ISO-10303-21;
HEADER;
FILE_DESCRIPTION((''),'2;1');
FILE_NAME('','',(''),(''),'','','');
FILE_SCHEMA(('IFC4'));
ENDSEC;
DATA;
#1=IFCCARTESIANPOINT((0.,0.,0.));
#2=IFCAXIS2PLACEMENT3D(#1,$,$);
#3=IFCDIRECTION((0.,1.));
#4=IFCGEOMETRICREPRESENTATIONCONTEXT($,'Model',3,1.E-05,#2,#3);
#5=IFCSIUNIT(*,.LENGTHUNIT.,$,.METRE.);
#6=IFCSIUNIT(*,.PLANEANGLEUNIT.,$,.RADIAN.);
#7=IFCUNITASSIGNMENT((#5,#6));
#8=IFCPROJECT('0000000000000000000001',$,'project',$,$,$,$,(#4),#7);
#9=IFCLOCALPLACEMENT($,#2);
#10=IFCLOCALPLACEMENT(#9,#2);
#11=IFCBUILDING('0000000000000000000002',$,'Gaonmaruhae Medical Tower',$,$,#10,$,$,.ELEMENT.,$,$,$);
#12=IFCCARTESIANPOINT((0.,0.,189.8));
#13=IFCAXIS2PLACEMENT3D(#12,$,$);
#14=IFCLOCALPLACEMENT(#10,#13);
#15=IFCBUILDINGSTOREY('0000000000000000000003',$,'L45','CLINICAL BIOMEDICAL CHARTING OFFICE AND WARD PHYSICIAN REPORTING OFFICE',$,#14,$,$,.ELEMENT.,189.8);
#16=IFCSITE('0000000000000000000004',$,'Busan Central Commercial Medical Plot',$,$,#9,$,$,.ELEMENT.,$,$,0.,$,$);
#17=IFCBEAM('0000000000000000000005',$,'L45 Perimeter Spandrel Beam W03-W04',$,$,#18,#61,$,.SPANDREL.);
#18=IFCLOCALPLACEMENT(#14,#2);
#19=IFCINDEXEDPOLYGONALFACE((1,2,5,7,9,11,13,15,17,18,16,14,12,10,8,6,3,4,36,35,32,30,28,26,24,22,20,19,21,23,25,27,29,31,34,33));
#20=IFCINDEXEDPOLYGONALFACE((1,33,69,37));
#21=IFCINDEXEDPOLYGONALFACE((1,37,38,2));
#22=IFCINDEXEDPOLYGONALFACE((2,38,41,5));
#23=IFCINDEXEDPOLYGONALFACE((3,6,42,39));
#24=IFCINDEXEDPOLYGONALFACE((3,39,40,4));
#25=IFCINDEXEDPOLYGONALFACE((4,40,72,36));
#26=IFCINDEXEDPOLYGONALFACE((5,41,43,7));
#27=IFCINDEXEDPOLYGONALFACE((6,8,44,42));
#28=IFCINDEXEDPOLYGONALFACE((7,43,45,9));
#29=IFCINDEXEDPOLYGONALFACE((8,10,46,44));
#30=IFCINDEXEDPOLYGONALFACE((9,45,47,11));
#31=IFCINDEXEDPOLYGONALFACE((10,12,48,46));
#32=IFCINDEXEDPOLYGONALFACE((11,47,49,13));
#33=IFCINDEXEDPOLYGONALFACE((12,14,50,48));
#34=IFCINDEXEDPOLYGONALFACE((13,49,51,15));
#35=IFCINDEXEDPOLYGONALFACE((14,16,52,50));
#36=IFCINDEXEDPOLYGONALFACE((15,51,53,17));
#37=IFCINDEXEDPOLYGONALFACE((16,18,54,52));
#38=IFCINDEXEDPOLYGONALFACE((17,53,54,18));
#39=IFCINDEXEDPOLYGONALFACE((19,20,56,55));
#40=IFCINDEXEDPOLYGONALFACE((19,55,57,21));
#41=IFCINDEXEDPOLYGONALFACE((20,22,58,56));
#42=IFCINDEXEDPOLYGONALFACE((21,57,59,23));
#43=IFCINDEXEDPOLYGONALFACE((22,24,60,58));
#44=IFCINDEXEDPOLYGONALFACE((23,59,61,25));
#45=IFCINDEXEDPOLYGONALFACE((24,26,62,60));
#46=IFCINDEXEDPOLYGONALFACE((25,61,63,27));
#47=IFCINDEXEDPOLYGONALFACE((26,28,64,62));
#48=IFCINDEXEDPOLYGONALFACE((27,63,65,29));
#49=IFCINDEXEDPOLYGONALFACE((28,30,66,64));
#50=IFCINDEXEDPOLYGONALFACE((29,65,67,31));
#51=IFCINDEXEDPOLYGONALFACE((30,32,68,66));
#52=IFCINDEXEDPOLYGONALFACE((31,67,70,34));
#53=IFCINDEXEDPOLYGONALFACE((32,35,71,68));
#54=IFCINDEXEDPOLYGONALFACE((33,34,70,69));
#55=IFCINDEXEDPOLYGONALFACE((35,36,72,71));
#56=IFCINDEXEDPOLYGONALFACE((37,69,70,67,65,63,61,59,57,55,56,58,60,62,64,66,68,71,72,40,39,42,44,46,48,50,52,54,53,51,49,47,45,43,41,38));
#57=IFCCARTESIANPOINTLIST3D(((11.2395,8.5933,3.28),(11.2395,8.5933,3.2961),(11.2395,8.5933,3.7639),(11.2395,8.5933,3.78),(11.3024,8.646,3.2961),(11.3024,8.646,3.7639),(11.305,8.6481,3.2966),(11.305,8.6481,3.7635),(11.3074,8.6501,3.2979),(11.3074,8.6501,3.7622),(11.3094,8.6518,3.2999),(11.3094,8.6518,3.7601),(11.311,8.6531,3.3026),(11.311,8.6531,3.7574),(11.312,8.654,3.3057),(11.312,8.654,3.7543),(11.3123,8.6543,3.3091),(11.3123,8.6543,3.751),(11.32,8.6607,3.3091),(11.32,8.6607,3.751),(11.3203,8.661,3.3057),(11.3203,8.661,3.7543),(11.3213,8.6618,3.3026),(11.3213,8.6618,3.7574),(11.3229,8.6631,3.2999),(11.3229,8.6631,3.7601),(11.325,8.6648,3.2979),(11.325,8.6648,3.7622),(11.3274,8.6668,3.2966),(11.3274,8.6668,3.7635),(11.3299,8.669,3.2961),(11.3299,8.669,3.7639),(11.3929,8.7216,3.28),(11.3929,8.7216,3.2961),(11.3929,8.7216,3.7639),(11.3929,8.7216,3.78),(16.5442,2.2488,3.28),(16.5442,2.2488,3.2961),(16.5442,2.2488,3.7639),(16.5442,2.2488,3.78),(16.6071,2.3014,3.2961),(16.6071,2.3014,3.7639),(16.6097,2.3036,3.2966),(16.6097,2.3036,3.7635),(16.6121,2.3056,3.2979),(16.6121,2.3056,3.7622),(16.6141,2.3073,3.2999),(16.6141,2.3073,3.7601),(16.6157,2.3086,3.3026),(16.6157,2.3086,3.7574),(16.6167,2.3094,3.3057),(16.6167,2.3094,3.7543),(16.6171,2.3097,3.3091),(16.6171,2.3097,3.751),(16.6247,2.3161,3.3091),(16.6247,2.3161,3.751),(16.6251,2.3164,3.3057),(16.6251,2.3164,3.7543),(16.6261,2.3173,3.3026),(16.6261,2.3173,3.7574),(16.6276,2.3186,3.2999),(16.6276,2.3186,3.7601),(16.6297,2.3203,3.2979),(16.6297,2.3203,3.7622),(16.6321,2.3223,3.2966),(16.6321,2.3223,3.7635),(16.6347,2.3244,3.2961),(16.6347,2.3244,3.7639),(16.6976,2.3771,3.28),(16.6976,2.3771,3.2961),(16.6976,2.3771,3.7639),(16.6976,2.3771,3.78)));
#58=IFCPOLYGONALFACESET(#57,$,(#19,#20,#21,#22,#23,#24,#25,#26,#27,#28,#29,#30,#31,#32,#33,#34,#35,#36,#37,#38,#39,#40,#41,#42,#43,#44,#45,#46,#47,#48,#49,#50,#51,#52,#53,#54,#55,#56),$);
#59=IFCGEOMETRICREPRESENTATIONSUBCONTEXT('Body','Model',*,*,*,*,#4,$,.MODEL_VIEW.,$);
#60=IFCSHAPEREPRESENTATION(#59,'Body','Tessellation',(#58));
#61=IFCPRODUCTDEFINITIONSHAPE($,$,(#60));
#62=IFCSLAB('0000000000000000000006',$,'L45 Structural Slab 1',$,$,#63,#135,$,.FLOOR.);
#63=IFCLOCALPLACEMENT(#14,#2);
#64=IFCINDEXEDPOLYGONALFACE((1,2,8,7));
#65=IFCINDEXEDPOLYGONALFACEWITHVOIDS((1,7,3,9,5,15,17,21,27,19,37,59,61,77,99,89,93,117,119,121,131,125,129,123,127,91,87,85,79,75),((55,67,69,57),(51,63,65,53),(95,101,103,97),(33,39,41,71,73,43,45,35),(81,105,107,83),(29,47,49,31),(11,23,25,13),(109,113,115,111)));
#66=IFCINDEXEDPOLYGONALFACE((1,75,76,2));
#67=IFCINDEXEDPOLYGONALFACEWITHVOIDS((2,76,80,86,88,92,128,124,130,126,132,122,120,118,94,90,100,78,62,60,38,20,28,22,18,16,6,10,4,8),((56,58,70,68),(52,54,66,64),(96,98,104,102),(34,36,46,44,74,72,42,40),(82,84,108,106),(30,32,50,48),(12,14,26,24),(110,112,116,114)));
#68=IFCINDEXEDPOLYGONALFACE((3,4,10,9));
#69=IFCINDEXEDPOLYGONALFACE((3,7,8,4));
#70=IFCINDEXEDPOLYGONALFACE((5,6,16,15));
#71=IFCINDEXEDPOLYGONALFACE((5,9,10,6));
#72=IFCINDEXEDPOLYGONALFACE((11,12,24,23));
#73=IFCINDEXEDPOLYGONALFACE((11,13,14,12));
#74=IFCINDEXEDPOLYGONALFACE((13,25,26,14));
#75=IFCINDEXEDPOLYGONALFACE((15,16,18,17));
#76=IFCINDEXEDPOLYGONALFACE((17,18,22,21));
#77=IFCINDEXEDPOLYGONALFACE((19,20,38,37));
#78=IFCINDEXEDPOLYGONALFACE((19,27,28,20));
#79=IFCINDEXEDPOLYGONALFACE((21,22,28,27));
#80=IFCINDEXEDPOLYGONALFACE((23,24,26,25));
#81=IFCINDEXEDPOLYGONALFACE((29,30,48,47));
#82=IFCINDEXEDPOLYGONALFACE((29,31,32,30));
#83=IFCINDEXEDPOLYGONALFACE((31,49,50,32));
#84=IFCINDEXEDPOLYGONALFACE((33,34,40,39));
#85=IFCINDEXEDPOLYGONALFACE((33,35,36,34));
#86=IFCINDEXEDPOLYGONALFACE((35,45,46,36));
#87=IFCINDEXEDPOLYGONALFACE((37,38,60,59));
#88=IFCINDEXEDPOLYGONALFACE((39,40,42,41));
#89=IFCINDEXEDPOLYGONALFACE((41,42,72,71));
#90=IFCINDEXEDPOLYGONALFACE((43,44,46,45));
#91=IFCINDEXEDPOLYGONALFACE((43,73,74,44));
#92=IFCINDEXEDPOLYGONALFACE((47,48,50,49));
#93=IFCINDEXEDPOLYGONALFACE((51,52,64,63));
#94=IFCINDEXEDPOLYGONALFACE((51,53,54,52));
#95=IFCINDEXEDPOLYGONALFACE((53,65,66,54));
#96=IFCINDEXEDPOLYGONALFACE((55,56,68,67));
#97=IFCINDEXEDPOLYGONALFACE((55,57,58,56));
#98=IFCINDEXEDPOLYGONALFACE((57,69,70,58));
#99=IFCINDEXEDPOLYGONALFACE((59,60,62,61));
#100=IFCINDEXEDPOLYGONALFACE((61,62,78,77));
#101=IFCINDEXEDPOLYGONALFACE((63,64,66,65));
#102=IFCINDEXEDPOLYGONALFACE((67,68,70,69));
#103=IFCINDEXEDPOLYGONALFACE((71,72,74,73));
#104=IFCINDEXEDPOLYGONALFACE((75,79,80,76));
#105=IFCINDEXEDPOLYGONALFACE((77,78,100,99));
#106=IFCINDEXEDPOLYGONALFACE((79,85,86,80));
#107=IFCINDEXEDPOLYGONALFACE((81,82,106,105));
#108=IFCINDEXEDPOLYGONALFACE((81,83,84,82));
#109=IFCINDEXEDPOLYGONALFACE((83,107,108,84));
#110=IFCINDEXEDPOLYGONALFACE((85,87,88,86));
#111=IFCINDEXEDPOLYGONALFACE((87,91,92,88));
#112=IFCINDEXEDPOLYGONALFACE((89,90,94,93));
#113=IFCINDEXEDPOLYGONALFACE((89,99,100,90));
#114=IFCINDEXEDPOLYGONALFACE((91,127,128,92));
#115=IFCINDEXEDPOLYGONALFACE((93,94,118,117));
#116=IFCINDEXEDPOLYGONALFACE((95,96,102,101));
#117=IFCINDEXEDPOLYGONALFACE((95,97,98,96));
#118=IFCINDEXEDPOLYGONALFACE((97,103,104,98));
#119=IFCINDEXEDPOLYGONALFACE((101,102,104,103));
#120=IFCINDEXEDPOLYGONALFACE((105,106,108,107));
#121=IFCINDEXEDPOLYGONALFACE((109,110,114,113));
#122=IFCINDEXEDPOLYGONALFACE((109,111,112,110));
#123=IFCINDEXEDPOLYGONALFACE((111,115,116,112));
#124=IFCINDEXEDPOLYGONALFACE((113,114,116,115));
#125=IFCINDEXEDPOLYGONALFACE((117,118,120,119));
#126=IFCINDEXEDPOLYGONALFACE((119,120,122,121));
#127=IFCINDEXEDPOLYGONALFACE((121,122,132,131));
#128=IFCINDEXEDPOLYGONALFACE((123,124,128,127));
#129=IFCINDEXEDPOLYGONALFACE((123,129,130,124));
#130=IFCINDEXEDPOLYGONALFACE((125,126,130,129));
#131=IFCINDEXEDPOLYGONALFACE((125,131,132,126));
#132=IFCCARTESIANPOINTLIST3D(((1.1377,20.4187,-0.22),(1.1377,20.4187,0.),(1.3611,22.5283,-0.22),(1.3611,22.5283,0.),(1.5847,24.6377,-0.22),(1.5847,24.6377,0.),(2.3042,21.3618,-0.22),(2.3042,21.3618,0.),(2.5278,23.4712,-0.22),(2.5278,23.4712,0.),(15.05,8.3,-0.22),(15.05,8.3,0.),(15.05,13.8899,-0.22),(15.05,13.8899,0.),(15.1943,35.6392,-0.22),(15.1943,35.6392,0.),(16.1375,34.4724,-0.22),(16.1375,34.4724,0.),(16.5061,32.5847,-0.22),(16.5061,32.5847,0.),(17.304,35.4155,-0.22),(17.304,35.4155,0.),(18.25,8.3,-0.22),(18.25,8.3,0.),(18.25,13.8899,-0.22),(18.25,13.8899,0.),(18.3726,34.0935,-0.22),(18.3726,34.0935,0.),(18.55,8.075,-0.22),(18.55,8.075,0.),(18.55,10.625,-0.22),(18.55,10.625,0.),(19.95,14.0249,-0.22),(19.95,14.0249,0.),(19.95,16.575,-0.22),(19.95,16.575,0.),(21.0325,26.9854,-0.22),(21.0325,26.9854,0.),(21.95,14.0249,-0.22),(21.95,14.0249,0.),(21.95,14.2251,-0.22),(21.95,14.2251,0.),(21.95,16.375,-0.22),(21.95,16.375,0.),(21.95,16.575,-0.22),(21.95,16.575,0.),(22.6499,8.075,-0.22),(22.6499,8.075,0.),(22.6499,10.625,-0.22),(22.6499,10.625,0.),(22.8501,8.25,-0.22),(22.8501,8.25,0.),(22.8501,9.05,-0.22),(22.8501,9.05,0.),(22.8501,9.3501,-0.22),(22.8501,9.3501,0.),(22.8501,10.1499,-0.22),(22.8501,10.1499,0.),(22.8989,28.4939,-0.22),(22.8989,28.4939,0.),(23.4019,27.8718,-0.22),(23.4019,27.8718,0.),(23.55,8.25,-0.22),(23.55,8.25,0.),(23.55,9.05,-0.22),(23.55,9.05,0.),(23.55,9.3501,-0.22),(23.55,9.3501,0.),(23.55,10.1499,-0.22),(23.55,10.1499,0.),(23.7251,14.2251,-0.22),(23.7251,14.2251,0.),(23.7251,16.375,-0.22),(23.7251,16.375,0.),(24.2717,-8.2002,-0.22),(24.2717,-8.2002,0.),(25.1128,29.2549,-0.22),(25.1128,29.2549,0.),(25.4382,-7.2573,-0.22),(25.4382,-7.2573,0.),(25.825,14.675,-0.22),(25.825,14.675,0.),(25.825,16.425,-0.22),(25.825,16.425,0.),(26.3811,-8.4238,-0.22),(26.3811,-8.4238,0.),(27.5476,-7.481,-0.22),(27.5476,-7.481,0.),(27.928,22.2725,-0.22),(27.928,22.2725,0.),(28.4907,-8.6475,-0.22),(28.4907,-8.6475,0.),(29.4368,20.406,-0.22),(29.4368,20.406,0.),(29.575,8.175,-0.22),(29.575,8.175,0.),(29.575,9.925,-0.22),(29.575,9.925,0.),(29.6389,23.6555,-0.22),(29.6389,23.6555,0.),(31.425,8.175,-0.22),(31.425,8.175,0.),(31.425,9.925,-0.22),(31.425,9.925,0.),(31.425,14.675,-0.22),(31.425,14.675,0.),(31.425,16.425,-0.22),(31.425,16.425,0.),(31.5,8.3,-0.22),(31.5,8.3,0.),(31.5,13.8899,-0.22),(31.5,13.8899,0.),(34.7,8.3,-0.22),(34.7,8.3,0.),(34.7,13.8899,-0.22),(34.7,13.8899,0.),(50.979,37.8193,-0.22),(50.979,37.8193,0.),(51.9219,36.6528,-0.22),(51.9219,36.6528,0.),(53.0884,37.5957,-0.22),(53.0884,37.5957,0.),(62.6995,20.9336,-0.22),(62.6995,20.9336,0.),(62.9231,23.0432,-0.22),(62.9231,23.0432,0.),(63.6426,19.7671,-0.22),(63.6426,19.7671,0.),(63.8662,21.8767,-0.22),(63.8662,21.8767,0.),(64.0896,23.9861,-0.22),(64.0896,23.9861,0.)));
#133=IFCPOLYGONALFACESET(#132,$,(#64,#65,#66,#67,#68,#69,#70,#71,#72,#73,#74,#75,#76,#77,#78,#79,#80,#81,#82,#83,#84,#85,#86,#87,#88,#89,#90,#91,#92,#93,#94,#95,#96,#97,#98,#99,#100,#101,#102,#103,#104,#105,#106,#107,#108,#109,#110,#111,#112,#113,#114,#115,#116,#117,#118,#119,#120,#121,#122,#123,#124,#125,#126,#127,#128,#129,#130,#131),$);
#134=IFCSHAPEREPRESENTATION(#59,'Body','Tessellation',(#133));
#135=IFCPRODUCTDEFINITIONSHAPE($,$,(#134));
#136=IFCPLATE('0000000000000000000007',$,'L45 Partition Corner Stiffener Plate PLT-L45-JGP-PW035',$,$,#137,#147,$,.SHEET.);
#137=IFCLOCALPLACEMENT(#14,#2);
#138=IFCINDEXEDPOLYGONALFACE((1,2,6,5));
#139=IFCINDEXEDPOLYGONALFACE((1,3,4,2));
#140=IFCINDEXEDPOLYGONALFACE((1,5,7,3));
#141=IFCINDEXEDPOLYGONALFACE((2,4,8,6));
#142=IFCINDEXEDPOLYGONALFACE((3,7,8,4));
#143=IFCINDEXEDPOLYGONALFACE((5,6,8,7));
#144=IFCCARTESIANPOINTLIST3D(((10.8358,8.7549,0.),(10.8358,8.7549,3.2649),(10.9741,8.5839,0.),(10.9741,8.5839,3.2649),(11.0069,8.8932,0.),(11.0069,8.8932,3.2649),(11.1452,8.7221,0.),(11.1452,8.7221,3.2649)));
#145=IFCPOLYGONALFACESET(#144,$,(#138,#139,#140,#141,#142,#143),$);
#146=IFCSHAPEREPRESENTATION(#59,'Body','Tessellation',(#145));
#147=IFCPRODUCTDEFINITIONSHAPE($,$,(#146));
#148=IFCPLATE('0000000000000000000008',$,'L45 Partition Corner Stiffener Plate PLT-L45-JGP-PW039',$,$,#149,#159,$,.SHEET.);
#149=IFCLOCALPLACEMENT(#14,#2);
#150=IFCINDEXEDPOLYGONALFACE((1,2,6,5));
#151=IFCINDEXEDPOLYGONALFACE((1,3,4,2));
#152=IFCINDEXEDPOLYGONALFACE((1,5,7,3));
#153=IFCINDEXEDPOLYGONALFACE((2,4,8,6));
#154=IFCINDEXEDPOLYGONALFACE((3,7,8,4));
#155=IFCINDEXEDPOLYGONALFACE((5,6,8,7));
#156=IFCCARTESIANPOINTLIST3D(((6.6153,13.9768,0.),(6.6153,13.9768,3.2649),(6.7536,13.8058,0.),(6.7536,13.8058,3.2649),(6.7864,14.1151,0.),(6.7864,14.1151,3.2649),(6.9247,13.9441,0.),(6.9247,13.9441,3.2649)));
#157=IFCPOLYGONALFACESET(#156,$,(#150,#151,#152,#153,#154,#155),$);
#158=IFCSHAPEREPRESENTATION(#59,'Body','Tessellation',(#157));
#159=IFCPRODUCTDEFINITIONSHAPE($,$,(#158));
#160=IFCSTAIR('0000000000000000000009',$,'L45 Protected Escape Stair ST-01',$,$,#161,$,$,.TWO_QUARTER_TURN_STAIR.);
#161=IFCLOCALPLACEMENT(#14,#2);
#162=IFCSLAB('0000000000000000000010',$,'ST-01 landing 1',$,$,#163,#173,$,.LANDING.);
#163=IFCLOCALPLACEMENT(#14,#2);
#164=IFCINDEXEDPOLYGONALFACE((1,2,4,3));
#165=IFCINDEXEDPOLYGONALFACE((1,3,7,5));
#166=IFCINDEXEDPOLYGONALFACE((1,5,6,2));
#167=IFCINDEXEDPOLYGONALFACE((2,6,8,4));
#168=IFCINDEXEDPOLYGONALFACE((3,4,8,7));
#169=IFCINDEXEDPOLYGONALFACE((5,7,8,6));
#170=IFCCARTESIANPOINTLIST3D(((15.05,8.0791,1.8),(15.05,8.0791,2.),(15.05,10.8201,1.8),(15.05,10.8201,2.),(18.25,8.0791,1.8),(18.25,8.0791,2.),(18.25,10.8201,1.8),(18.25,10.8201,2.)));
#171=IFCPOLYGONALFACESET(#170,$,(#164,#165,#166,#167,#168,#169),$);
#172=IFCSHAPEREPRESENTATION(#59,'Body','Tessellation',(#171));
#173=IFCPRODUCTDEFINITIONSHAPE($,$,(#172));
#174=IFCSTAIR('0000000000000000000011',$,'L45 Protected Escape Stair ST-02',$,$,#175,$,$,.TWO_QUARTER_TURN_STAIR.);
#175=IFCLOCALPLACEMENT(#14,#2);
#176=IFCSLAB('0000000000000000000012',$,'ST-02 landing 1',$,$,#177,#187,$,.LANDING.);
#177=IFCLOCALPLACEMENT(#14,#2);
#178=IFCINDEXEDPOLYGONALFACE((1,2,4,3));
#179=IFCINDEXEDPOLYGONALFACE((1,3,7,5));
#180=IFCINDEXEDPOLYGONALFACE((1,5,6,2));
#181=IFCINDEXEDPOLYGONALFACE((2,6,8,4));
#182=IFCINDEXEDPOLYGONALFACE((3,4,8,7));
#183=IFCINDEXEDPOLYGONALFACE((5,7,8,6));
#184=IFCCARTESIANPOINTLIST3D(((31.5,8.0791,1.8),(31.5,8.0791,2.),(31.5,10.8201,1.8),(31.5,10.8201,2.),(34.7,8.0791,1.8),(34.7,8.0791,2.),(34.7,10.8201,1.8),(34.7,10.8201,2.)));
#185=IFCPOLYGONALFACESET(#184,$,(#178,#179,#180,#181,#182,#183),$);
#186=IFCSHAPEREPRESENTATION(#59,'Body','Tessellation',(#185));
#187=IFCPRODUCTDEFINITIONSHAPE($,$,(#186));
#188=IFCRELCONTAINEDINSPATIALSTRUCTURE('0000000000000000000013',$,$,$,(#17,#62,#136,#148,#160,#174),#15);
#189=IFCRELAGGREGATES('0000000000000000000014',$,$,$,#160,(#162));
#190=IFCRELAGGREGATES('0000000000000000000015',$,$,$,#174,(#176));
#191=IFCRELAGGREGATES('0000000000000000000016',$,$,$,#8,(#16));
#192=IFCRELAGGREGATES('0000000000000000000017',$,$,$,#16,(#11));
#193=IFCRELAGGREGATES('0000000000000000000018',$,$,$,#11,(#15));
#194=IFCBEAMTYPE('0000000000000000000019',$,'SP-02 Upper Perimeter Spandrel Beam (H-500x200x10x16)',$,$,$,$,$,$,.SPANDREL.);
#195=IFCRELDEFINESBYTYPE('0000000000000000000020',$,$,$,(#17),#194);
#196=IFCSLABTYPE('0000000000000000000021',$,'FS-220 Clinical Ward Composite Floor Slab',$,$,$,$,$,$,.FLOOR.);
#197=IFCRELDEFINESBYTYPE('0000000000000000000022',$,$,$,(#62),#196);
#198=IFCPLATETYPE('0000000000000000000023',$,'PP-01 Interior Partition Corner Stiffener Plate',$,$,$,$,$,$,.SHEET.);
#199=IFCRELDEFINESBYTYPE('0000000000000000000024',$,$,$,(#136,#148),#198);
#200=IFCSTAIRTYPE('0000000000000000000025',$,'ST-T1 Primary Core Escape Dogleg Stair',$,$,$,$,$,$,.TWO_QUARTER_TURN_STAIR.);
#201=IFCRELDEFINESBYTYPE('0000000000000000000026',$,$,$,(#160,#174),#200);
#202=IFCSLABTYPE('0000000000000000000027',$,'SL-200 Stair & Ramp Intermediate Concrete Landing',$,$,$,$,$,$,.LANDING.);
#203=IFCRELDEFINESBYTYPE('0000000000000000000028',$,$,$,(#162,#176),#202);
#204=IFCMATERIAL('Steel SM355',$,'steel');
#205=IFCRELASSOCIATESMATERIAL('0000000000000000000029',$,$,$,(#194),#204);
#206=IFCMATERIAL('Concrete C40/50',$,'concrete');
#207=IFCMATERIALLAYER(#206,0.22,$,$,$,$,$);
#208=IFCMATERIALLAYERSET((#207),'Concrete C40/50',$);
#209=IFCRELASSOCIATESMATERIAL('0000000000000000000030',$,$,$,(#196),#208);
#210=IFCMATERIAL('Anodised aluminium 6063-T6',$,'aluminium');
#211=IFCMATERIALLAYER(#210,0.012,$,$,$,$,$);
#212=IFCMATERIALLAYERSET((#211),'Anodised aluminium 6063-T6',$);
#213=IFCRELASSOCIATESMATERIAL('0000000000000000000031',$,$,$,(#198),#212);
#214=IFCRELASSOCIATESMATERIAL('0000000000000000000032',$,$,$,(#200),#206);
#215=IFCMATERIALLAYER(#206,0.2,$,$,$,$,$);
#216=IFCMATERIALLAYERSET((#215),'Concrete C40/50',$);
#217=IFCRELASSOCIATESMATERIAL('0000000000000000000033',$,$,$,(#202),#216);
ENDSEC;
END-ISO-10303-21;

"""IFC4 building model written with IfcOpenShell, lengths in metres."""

from ifc_helpers import new_model, si_unit, direction, frame, origin, origin_2d, place, context, subcontext, project, spatial, polyline, rectangle, i_section, outline, extrude, material, layer, layer_set, material_profile, profile_set, type_object, element, aggregate, save


model = new_model("IFC4")

# Units and contexts
model_context = context("Model", 3, precision=1e-05, world=origin(), true_north=direction((0.0, 1.0)))
body_context = subcontext(model_context, "Body", "Model", "MODEL_VIEW")
ifc_project = project(units=[si_unit("LENGTHUNIT", "METRE"), si_unit("PLANEANGLEUNIT", "RADIAN")], contexts=[model_context])

# Site, building, storey
site_placement = place(None, origin())
site = spatial("IfcSite", under=ifc_project, at=site_placement, Name="Busan Central Commercial Medical Plot", CompositionType="ELEMENT", RefElevation=0.0)
building_placement = place(site_placement, origin())
building = spatial("IfcBuilding", under=site, at=building_placement, Name="Gaonmaruhae Medical Tower", CompositionType="ELEMENT")
storey_placement = place(building_placement, frame((0.0, 0.0, 189.8)))
storey = spatial("IfcBuildingStorey", under=building, at=storey_placement, Name="L45", Description="CLINICAL BIOMEDICAL CHARTING OFFICE AND WARD PHYSICIAN REPORTING OFFICE", CompositionType="ELEMENT", Elevation=189.8)

# Beam
ifc_material_1 = material(Name="Steel SM355", Category="steel")
ifc_material_profile_1 = material_profile(ifc_material_1, i_section(OverallWidth=0.2, OverallDepth=0.5, WebThickness=0.01, FlangeThickness=0.0161, FilletRadius=0.0129, at=origin_2d()), Name="H-500x200x10x16")
ifc_profile_set_1 = profile_set([ifc_material_profile_1], Name="Steel SM355")
beam_type_1 = type_object("IfcBeamType", Name="SP-02 Upper Perimeter Spandrel Beam (H-500x200x10x16)", PredefinedType="SPANDREL", material=ifc_profile_set_1)
beam_1_placement = place(storey_placement, frame((11.3162, 8.6575, 3.53), z_axis=(0.641441, -0.767172, 0.0), x_axis=(0.767172, 0.641441, 0.0)))
element("IfcBeam", 1, at=beam_1_placement, inside=storey, type_object=beam_type_1, Name="L45 Perimeter Spandrel Beam W03-W04", PredefinedType="SPANDREL", context=body_context, shape_type="SweptSolid", body=[
    extrude(i_section(OverallWidth=0.2, OverallDepth=0.5, WebThickness=0.01, FlangeThickness=0.0161, FilletRadius=0.0129, at=origin_2d()), origin(), (0.0, 0.0, 1.0), 8.27),
])

# Slab
ifc_material_2 = material(Name="Concrete C40/50", Category="concrete")
ifc_layer_1 = layer(ifc_material_2, 0.22)
ifc_layer_set_1 = layer_set([ifc_layer_1], Name="Concrete C40/50")
slab_type_1 = type_object("IfcSlabType", Name="FS-220 Clinical Ward Composite Floor Slab", PredefinedType="FLOOR", material=ifc_layer_set_1)
slab_1_placement = place(storey_placement, frame((0.0, 0.0, -0.22)))
element("IfcSlab", 2, at=slab_1_placement, inside=storey, type_object=slab_type_1, Name="L45 Structural Slab 1", PredefinedType="FLOOR", context=body_context, shape_type="SweptSolid", body=[
    extrude(outline(polyline([(50.979, 37.8193), (51.9219, 36.6528), (53.0884, 37.5957), (64.0896, 23.9861), (62.9231, 23.0432), (63.8662, 21.8767), (62.6995, 20.9336), (63.6426, 19.7671), (28.4907, -8.6475), (27.5476, -7.481), (26.3811, -8.4238), (25.4382, -7.2573), (24.2717, -8.2002), (1.1377, 20.4187), (2.3042, 21.3618), (1.3611, 22.5283), (2.5278, 23.4712), (1.5847, 24.6377), (15.1943, 35.6392), (16.1375, 34.4724), (17.304, 35.4155), (18.3726, 34.0935), (16.5061, 32.5847), (21.0325, 26.9854), (22.8989, 28.4939), (23.4019, 27.8718), (25.1128, 29.2549), (29.6389, 23.6555), (27.928, 22.2725), (29.4368, 20.406), (50.979, 37.8193)]), holes=[polyline([(23.55, 8.25), (22.8501, 8.25), (22.8501, 9.05), (23.55, 9.05), (23.55, 8.25)]), polyline([(31.425, 9.925), (31.425, 8.175), (29.575, 8.175), (29.575, 9.925), (31.425, 9.925)]), polyline([(22.6499, 10.625), (22.6499, 8.075), (18.55, 8.075), (18.55, 10.625), (22.6499, 10.625)]), polyline([(23.55, 9.3501), (22.8501, 9.3501), (22.8501, 10.1499), (23.55, 10.1499), (23.55, 9.3501)]), polyline([(15.05, 13.8899), (18.25, 13.8899), (18.25, 8.3), (15.05, 8.3), (15.05, 13.8899)]), polyline([(31.5, 13.8899), (34.7, 13.8899), (34.7, 8.3), (31.5, 8.3), (31.5, 13.8899)]), polyline([(21.95, 14.2251), (21.95, 14.0249), (19.95, 14.0249), (19.95, 16.575), (21.95, 16.575), (21.95, 16.375), (23.7251, 16.375), (23.7251, 14.2251), (21.95, 14.2251)]), polyline([(31.425, 16.425), (31.425, 14.675), (25.825, 14.675), (25.825, 16.425), (31.425, 16.425)])]), origin(), (0.0, 0.0, 1.0), 0.22),
])

# Plates
ifc_material_3 = material(Name="Anodised aluminium 6063-T6", Category="aluminium")
ifc_layer_2 = layer(ifc_material_3, 0.012)
ifc_layer_set_2 = layer_set([ifc_layer_2], Name="Anodised aluminium 6063-T6")
plate_type = type_object("IfcPlateType", Name="PP-01 Interior Partition Corner Stiffener Plate", PredefinedType="SHEET", material=ifc_layer_set_2)
for number, where, z_axis, x_axis, name in (
    (3, (10.9905, 8.7385, 0.0), (0.0, 0.0, 1.0), (-0.628506, 0.777805, 0.0), "L45 Partition Corner Stiffener Plate PLT-L45-JGP-PW035"),
    (4, (6.77, 13.9604, 0.0), (0.0, 0.0, 1.0), (-0.628696, 0.777651, 0.0), "L45 Partition Corner Stiffener Plate PLT-L45-JGP-PW039"),
):
    element("IfcPlate", number, at=place(storey_placement, frame(where, z_axis=z_axis, x_axis=x_axis)), inside=storey, type_object=plate_type, Name=name, PredefinedType="SHEET", context=body_context, shape_type="SweptSolid", body=[
        extrude(rectangle(XDim=0.22, YDim=0.22, at=origin_2d()), origin(), (0.0, 0.0, 1.0), 3.2649),
    ])

# Stairs, slabs
stair_type = type_object("IfcStairType", Name="ST-T1 Primary Core Escape Dogleg Stair", PredefinedType="TWO_QUARTER_TURN_STAIR", material=ifc_material_2)
stair_1_placement = place(storey_placement, origin())
stair_1 = element("IfcStair", 5, at=stair_1_placement, inside=storey, type_object=stair_type, Name="L45 Protected Escape Stair ST-01", PredefinedType="TWO_QUARTER_TURN_STAIR")
ifc_layer_3 = layer(ifc_material_2, 0.2)
ifc_layer_set_3 = layer_set([ifc_layer_3], Name="Concrete C40/50")
slab_type_2 = type_object("IfcSlabType", Name="SL-200 Stair & Ramp Intermediate Concrete Landing", PredefinedType="LANDING", material=ifc_layer_set_3)
slab_2_placement = place(storey_placement, frame((0.0, 0.0, 1.8)))
slab_2 = element("IfcSlab", 6, at=slab_2_placement, type_object=slab_type_2, Name="ST-01 landing 1", PredefinedType="LANDING", context=body_context, shape_type="SweptSolid", body=[
    extrude(outline(polyline([(15.05, 10.8201), (15.05, 8.0791), (18.25, 8.0791), (18.25, 10.8201), (15.05, 10.8201)])), origin(), (0.0, 0.0, 1.0), 0.2),
])
aggregate(stair_1, [slab_2])
stair_2_placement = place(storey_placement, origin())
stair_2 = element("IfcStair", 7, at=stair_2_placement, inside=storey, type_object=stair_type, Name="L45 Protected Escape Stair ST-02", PredefinedType="TWO_QUARTER_TURN_STAIR")
slab_3_placement = place(storey_placement, frame((0.0, 0.0, 1.8)))
slab_3 = element("IfcSlab", 8, at=slab_3_placement, type_object=slab_type_2, Name="ST-02 landing 1", PredefinedType="LANDING", context=body_context, shape_type="SweptSolid", body=[
    extrude(outline(polyline([(31.5, 10.8201), (31.5, 8.0791), (34.7, 8.0791), (34.7, 10.8201), (31.5, 10.8201)])), origin(), (0.0, 0.0, 1.0), 0.2),
])
aggregate(stair_2, [slab_3])

save(model, "model.ifc")
